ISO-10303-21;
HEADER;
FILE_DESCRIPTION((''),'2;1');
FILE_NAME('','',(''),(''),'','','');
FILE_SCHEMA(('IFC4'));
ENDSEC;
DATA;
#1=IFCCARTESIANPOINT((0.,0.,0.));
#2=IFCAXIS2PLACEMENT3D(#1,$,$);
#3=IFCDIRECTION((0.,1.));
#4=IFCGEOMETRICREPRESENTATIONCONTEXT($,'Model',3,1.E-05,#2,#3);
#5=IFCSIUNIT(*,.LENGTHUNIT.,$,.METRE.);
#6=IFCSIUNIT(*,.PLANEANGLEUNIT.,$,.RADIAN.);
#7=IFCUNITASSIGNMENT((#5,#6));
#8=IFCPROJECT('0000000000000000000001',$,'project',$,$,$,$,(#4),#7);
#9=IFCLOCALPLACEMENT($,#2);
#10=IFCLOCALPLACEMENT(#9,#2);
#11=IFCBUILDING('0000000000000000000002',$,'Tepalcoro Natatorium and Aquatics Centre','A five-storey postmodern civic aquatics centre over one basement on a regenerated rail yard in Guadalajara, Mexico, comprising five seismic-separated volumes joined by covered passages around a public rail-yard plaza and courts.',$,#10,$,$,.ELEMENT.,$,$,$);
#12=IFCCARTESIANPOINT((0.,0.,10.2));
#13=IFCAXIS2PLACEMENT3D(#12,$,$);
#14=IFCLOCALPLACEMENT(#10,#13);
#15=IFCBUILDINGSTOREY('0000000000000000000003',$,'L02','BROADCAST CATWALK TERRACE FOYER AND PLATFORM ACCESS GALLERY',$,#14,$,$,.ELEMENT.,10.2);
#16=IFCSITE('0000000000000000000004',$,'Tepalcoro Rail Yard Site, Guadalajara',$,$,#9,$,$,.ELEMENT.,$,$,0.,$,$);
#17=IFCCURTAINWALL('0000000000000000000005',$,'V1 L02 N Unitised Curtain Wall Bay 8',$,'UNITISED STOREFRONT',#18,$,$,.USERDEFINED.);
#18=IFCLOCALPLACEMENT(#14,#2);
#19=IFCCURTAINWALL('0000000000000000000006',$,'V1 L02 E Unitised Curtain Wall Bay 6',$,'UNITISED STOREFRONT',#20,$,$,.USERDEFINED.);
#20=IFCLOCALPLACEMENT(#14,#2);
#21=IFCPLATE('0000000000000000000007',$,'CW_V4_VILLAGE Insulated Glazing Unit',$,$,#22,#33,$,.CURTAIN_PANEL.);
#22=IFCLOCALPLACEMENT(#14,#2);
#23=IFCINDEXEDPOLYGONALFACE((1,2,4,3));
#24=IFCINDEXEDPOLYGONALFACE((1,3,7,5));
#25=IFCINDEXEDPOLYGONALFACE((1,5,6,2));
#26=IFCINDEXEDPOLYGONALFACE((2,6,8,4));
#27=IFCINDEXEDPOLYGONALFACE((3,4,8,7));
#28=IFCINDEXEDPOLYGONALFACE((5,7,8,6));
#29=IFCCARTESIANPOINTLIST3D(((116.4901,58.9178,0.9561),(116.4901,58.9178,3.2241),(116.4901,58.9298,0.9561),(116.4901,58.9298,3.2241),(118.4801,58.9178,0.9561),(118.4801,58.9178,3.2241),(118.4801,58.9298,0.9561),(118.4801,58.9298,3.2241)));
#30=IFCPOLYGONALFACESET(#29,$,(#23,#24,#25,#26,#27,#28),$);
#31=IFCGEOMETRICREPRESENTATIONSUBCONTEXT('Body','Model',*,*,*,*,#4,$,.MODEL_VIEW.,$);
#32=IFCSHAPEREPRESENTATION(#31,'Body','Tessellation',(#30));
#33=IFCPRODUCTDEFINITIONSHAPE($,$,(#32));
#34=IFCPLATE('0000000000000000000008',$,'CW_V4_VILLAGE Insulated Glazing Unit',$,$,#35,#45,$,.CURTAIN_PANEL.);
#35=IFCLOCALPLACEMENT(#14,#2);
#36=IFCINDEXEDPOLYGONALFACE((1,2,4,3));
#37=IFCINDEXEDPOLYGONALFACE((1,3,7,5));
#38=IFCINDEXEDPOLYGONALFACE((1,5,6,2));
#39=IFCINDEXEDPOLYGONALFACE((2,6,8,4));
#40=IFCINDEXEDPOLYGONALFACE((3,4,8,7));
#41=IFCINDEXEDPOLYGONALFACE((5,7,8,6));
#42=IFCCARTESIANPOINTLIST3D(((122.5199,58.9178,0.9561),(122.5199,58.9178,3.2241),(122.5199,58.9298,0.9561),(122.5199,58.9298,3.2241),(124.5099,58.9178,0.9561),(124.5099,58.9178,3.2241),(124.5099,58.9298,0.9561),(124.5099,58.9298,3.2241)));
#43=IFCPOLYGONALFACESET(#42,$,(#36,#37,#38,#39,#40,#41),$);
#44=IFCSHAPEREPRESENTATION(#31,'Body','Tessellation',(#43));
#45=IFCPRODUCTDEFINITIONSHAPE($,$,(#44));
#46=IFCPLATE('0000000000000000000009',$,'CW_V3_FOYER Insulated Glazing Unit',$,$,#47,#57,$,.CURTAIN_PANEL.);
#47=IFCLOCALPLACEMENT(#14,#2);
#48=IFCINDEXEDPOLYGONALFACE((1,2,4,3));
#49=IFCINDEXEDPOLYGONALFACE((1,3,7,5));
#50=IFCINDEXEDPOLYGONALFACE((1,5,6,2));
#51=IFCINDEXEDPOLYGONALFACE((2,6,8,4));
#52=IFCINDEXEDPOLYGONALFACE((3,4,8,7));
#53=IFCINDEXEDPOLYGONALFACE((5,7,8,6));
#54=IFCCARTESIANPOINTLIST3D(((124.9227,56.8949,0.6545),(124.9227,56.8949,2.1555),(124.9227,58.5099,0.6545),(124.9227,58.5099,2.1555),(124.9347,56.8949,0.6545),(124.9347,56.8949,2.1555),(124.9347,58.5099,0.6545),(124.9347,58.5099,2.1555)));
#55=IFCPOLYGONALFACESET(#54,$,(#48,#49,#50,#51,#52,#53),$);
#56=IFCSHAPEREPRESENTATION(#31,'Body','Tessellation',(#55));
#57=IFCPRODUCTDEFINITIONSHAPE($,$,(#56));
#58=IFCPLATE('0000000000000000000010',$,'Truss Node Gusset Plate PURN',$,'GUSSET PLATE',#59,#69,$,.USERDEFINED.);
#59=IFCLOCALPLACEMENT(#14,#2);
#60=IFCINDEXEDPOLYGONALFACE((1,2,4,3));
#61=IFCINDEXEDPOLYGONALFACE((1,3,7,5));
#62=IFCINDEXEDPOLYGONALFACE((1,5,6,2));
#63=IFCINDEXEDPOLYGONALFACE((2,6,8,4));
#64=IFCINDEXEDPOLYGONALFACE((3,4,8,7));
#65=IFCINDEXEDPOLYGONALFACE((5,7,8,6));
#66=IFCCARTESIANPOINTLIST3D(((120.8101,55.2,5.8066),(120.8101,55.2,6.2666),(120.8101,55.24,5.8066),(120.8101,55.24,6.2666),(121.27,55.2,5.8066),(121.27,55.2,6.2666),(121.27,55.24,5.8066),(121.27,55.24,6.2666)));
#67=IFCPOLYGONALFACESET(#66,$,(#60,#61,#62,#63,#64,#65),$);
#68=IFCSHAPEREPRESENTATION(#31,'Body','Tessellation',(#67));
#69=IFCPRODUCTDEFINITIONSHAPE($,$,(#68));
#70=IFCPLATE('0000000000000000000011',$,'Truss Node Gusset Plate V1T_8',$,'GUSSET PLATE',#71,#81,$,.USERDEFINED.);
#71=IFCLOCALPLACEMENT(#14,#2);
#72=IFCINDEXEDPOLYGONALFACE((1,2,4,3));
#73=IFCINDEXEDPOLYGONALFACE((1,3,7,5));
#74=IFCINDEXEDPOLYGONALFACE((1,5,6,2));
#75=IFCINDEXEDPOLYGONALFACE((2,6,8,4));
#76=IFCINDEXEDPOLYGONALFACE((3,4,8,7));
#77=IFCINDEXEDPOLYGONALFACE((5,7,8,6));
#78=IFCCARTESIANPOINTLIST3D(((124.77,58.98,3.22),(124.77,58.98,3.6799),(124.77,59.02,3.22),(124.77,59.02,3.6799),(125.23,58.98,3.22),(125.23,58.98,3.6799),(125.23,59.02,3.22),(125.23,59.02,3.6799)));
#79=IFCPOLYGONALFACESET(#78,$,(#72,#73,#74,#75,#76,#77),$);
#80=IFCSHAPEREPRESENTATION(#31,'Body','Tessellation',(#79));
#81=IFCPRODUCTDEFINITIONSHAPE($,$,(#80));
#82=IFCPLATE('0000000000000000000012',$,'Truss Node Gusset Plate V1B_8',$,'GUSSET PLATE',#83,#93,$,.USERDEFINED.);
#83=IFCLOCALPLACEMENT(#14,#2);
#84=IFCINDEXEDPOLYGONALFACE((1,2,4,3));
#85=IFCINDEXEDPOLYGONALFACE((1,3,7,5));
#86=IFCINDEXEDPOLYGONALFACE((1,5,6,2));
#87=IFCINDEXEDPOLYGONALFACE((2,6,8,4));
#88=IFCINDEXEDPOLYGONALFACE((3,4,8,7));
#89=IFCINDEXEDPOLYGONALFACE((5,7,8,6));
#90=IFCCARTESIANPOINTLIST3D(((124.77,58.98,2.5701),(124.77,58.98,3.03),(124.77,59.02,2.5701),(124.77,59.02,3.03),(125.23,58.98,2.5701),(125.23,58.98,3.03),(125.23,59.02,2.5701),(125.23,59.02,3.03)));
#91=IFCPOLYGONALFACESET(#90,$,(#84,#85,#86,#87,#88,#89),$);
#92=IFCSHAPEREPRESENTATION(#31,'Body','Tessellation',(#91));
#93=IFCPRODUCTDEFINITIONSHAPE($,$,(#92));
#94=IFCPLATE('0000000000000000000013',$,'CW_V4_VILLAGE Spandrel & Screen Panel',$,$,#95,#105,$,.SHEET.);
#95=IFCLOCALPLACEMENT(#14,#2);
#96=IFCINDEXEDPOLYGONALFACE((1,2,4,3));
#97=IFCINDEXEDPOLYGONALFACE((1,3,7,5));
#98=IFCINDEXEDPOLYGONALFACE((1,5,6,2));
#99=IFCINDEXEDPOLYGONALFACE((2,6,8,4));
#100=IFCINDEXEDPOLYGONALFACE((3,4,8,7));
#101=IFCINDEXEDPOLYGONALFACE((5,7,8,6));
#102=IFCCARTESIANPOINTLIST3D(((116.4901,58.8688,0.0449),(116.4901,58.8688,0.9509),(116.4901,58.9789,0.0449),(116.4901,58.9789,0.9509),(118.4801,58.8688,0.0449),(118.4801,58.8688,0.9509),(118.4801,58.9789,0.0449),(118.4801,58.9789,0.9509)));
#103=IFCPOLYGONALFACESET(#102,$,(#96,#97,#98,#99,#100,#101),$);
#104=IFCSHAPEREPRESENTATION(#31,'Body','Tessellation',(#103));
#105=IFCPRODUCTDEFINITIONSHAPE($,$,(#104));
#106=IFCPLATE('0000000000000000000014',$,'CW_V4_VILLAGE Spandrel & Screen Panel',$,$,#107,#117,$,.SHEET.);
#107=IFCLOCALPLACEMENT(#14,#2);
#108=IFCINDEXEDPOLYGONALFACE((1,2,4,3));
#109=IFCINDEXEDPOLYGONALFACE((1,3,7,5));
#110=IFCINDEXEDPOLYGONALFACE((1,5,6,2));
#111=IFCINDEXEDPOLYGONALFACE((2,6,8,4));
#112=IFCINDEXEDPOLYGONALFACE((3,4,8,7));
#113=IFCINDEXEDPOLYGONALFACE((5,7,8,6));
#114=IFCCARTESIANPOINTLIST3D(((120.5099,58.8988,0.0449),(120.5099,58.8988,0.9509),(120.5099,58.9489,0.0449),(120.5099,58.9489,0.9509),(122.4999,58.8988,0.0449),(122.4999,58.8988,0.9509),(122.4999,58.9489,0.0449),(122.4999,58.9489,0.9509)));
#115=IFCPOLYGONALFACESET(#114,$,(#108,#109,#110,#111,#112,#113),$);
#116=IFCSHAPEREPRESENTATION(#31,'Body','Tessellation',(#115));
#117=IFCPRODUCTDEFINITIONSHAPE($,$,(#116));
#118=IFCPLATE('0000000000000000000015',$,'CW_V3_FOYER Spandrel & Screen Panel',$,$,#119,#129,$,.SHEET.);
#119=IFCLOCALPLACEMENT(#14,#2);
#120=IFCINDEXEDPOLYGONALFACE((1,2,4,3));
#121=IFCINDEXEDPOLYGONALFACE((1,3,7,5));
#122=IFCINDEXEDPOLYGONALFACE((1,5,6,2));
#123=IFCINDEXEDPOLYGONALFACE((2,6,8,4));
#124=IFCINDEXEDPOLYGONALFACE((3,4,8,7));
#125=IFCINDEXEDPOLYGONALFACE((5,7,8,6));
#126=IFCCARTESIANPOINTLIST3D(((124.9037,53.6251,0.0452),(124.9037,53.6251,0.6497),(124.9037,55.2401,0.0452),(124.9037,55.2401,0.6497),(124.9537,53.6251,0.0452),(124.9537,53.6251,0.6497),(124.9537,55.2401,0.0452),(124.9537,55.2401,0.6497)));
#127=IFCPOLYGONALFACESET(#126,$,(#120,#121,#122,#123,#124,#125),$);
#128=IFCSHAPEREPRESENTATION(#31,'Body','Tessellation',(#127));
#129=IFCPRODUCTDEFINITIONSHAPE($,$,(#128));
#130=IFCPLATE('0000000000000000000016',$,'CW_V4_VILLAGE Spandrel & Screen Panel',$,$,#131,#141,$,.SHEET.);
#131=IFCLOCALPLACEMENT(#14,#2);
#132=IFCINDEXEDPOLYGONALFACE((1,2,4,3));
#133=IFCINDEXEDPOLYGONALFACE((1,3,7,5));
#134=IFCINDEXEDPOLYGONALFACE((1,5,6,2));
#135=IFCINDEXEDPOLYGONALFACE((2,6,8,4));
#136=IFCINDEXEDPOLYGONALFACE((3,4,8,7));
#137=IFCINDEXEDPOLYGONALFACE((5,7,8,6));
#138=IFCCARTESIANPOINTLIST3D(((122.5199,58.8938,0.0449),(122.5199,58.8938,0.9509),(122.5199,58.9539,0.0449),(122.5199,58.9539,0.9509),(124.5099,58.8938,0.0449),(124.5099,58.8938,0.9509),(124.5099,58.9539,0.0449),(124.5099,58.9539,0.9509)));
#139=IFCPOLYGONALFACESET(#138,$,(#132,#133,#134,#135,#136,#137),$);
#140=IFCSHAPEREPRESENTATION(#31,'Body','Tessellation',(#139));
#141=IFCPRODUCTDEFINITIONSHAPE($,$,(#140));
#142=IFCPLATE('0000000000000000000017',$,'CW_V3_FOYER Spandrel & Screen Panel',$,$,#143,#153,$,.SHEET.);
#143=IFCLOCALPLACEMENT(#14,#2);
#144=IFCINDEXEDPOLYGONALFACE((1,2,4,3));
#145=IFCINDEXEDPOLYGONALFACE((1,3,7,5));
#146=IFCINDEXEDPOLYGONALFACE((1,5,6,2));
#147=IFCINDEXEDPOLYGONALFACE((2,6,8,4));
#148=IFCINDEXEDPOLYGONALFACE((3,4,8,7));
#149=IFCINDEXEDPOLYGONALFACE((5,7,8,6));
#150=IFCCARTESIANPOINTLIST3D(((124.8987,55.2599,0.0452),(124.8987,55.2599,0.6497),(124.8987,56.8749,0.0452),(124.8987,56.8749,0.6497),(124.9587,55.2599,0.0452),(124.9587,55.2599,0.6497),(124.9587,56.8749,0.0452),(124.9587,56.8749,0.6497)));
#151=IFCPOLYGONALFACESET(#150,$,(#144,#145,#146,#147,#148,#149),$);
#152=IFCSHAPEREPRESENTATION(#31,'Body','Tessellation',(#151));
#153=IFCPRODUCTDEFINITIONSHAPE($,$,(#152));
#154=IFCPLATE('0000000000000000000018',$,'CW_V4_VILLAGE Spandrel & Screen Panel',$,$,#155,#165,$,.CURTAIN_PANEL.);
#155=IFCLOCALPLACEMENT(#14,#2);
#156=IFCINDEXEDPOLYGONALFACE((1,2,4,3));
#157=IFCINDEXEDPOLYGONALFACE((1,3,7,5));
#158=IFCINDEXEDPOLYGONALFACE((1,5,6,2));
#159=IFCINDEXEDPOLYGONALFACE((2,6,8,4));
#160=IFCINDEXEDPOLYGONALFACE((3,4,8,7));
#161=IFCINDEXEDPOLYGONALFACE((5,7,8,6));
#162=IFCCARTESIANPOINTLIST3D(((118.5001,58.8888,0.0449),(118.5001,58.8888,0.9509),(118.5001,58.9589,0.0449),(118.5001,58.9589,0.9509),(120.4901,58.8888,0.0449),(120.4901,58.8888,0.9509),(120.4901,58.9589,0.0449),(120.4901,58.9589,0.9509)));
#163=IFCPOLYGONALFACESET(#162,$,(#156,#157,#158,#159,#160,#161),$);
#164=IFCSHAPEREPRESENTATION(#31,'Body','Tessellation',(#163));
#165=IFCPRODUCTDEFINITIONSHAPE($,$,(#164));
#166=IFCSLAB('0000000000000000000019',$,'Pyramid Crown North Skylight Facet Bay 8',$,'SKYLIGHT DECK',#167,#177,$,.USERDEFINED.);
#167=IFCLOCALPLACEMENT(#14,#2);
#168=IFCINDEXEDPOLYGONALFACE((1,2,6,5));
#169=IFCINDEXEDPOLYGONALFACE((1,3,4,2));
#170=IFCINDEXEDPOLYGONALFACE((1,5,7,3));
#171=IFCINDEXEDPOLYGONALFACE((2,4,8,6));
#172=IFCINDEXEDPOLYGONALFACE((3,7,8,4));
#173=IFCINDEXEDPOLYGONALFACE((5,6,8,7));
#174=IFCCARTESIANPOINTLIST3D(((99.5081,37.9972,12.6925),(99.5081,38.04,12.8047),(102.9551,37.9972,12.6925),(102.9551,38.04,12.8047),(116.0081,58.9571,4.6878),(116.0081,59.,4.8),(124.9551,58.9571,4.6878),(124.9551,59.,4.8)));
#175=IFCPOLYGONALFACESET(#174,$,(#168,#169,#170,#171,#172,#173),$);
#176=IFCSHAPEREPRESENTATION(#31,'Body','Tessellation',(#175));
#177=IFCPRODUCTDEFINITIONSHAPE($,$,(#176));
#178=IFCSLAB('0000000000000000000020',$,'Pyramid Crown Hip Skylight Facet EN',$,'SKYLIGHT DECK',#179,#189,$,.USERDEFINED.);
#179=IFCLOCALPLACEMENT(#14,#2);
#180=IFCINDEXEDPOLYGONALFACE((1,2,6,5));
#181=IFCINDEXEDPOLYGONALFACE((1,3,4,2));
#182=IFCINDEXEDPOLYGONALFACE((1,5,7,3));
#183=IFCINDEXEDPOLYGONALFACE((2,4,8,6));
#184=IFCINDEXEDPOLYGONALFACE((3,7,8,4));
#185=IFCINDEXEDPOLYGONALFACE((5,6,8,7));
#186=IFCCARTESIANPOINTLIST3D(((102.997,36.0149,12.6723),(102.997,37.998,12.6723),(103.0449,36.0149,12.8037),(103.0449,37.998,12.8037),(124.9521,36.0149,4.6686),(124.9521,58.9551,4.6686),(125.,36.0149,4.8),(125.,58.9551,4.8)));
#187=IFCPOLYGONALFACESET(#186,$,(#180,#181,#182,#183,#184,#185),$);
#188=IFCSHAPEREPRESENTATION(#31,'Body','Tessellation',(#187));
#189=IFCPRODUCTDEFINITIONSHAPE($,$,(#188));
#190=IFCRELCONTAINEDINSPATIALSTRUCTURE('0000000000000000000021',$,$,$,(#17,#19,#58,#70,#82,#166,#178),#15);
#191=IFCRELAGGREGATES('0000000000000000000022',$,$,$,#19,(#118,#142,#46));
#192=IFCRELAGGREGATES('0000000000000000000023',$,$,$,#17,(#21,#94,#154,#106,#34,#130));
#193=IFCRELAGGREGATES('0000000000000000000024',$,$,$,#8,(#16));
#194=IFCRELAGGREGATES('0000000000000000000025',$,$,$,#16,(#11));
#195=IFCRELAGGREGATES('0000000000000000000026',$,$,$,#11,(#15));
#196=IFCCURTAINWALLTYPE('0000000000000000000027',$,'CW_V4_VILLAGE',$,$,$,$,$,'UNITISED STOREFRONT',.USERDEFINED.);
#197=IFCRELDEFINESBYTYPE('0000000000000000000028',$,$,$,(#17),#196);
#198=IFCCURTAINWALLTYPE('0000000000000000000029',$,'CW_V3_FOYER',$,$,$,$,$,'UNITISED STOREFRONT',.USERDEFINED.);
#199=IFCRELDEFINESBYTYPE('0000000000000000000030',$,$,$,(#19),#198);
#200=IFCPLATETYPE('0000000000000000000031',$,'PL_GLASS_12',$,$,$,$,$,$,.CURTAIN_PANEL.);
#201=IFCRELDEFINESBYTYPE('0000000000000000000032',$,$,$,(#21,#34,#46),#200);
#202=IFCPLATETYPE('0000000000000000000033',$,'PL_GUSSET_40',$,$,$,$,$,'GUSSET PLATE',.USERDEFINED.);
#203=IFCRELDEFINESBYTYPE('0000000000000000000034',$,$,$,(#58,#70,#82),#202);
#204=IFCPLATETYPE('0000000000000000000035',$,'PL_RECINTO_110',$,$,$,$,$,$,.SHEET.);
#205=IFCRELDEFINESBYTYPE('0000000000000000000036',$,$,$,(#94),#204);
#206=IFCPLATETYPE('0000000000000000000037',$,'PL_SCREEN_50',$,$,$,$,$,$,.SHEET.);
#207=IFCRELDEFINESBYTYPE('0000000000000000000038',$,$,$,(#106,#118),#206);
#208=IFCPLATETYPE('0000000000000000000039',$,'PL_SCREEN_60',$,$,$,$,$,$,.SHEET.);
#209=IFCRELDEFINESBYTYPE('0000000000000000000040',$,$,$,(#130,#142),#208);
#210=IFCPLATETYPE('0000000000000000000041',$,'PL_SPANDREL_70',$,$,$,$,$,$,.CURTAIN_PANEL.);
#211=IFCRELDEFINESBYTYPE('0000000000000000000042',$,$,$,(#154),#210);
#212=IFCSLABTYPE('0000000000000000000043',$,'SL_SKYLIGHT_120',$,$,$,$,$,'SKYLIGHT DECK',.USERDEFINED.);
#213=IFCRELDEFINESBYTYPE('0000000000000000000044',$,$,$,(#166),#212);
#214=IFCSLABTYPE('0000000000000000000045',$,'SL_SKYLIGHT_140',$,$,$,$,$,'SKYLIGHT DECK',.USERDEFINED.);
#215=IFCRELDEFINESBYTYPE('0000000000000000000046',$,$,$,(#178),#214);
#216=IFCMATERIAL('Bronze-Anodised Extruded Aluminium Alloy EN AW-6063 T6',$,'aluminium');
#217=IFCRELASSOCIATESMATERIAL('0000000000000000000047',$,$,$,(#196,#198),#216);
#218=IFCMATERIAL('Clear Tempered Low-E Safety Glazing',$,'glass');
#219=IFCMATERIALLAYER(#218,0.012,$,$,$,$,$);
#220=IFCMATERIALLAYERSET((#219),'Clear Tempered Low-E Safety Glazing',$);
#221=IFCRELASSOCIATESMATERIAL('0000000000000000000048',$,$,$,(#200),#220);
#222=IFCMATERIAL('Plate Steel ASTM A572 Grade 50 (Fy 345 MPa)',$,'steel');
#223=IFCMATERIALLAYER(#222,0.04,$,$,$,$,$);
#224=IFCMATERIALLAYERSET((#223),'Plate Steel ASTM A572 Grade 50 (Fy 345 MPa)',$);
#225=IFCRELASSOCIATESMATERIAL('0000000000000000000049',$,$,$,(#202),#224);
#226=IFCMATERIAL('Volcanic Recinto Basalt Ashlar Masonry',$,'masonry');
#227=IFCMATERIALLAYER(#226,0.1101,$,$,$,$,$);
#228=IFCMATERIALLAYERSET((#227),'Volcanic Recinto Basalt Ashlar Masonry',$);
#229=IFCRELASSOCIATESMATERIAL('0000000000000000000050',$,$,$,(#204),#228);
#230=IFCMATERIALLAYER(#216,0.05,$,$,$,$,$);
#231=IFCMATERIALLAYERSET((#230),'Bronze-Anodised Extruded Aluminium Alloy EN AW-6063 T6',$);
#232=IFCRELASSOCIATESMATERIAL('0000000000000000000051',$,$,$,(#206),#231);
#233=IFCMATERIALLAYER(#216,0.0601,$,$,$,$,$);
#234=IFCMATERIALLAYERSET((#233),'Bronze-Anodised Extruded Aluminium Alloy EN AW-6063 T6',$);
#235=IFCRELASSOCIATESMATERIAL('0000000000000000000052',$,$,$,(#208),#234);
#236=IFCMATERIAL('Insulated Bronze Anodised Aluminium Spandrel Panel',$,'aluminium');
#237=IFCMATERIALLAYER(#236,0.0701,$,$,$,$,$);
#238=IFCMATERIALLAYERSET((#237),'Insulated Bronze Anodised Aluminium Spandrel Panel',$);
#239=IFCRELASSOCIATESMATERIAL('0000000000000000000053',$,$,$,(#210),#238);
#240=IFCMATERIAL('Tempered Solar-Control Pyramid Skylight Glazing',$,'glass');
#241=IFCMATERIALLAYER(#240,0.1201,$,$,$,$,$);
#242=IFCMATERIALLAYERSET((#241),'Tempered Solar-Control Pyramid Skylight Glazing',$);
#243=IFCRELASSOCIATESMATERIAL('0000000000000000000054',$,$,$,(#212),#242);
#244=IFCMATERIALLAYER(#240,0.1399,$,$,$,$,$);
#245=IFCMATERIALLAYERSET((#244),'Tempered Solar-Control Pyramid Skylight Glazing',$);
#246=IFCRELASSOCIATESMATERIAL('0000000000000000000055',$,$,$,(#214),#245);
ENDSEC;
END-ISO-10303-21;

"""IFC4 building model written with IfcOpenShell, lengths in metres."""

from ifc_helpers import new_model, si_unit, direction, frame, origin, origin_2d, place, context, subcontext, project, spatial, polyline, rectangle, outline, extrude, material, layer, layer_set, type_object, element, aggregate, save


model = new_model("IFC4")

# Units and contexts
model_context = context("Model", 3, precision=1e-05, world=origin(), true_north=direction((0.0, 1.0)))
body_context = subcontext(model_context, "Body", "Model", "MODEL_VIEW")
ifc_project = project(units=[si_unit("LENGTHUNIT", "METRE"), si_unit("PLANEANGLEUNIT", "RADIAN")], contexts=[model_context])

# Site, building, storey
site_placement = place(None, origin())
site = spatial("IfcSite", under=ifc_project, at=site_placement, Name="Tepalcoro Rail Yard Site, Guadalajara", CompositionType="ELEMENT", RefElevation=0.0)
building_placement = place(site_placement, origin())
building = spatial("IfcBuilding", under=site, at=building_placement, Name="Tepalcoro Natatorium and Aquatics Centre", Description="A five-storey postmodern civic aquatics centre over one basement on a regenerated rail yard in Guadalajara, Mexico, comprising five seismic-separated volumes joined by covered passages around a public rail-yard plaza and courts.", CompositionType="ELEMENT")
storey_placement = place(building_placement, frame((0.0, 0.0, 10.2)))
storey = spatial("IfcBuildingStorey", under=building, at=storey_placement, Name="L02", Description="BROADCAST CATWALK TERRACE FOYER AND PLATFORM ACCESS GALLERY", CompositionType="ELEMENT", Elevation=10.2)

# Curtain walls
ifc_material_1 = material(Name="Bronze-Anodised Extruded Aluminium Alloy EN AW-6063 T6", Category="aluminium")
curtain_wall_type_1 = type_object("IfcCurtainWallType", Name="CW_V4_VILLAGE", ElementType="UNITISED STOREFRONT", PredefinedType="USERDEFINED", material=ifc_material_1)
curtain_wall_1_placement = place(storey_placement, origin())
curtain_wall_1 = element("IfcCurtainWall", 1, at=curtain_wall_1_placement, inside=storey, type_object=curtain_wall_type_1, Name="V1 L02 N Unitised Curtain Wall Bay 8", ObjectType="UNITISED STOREFRONT", PredefinedType="USERDEFINED")
curtain_wall_type_2 = type_object("IfcCurtainWallType", Name="CW_V3_FOYER", ElementType="UNITISED STOREFRONT", PredefinedType="USERDEFINED", material=ifc_material_1)
curtain_wall_2_placement = place(storey_placement, origin())
curtain_wall_2 = element("IfcCurtainWall", 2, at=curtain_wall_2_placement, inside=storey, type_object=curtain_wall_type_2, Name="V1 L02 E Unitised Curtain Wall Bay 6", ObjectType="UNITISED STOREFRONT", PredefinedType="USERDEFINED")

# Shared definitions
ifc_material_2 = material(Name="Plate Steel ASTM A572 Grade 50 (Fy 345 MPa)", Category="steel")

# Plates
ifc_material_3 = material(Name="Clear Tempered Low-E Safety Glazing", Category="glass")
ifc_layer_1 = layer(ifc_material_3, 0.012)
ifc_layer_set_1 = layer_set([ifc_layer_1], Name="Clear Tempered Low-E Safety Glazing")
plate_type_1 = type_object("IfcPlateType", Name="PL_GLASS_12", PredefinedType="CURTAIN_PANEL", material=ifc_layer_set_1)
plate_1_placement = place(storey_placement, frame((117.4851, 58.9238, 0.9561), z_axis=(0.0, 0.0, 1.0), x_axis=(1.0, 0.0, 0.0)))
plate_1 = element("IfcPlate", 3, at=plate_1_placement, type_object=plate_type_1, Name="CW_V4_VILLAGE Insulated Glazing Unit", PredefinedType="CURTAIN_PANEL", context=body_context, shape_type="SweptSolid", body=[
    extrude(rectangle(XDim=1.99, YDim=0.012, at=origin_2d()), origin(), (0.0, 0.0, 1.0), 2.2681),
])
plate_2_placement = place(storey_placement, frame((123.5149, 58.9238, 0.9561), z_axis=(0.0, 0.0, 1.0), x_axis=(1.0, 0.0, 0.0)))
plate_2 = element("IfcPlate", 4, at=plate_2_placement, type_object=plate_type_1, Name="CW_V4_VILLAGE Insulated Glazing Unit", PredefinedType="CURTAIN_PANEL", context=body_context, shape_type="SweptSolid", body=[
    extrude(rectangle(XDim=1.99, YDim=0.012, at=origin_2d()), origin(), (0.0, 0.0, 1.0), 2.2681),
])
plate_3_placement = place(storey_placement, frame((124.9287, 57.7024, 0.6545), z_axis=(0.0, 0.0, 1.0), x_axis=(1.0, 0.0, 0.0)))
plate_3 = element("IfcPlate", 5, at=plate_3_placement, type_object=plate_type_1, Name="CW_V3_FOYER Insulated Glazing Unit", PredefinedType="CURTAIN_PANEL", context=body_context, shape_type="SweptSolid", body=[
    extrude(rectangle(XDim=0.012, YDim=1.615, at=origin_2d()), origin(), (0.0, 0.0, 1.0), 1.501),
])

# Plates
ifc_layer_2 = layer(ifc_material_2, 0.04)
ifc_layer_set_2 = layer_set([ifc_layer_2], Name="Plate Steel ASTM A572 Grade 50 (Fy 345 MPa)")
plate_type_2 = type_object("IfcPlateType", Name="PL_GUSSET_40", ElementType="GUSSET PLATE", PredefinedType="USERDEFINED", material=ifc_layer_set_2)
for number, where, z_axis, x_axis, name in (
    (6, (121.04, 55.22, 5.8066), (0.0, 0.0, 1.0), (1.0, 0.0, 0.0), "Truss Node Gusset Plate PURN"),
    (7, (125.0, 59.0, 3.22), (0.0, 0.0, 1.0), (1.0, 0.0, 0.0), "Truss Node Gusset Plate V1T_8"),
    (8, (125.0, 59.0, 2.5701), (0.0, 0.0, 1.0), (1.0, 0.0, 0.0), "Truss Node Gusset Plate V1B_8"),
):
    element("IfcPlate", number, at=place(storey_placement, frame(where, z_axis=z_axis, x_axis=x_axis)), inside=storey, type_object=plate_type_2, Name=name, ObjectType="GUSSET PLATE", PredefinedType="USERDEFINED", context=body_context, shape_type="SweptSolid", body=[
        extrude(rectangle(XDim=0.46, YDim=0.04, at=origin_2d()), origin(), (0.0, 0.0, 1.0), 0.46),
    ])

# Plates
ifc_material_4 = material(Name="Volcanic Recinto Basalt Ashlar Masonry", Category="masonry")
ifc_layer_3 = layer(ifc_material_4, 0.1101)
ifc_layer_set_3 = layer_set([ifc_layer_3], Name="Volcanic Recinto Basalt Ashlar Masonry")
plate_type_3 = type_object("IfcPlateType", Name="PL_RECINTO_110", PredefinedType="SHEET", material=ifc_layer_set_3)
plate_4_placement = place(storey_placement, frame((117.4851, 58.9238, 0.0449), z_axis=(0.0, 0.0, 1.0), x_axis=(1.0, 0.0, 0.0)))
plate_4 = element("IfcPlate", 9, at=plate_4_placement, type_object=plate_type_3, Name="CW_V4_VILLAGE Spandrel & Screen Panel", PredefinedType="SHEET", context=body_context, shape_type="SweptSolid", body=[
    extrude(rectangle(XDim=1.99, YDim=0.1101, at=origin_2d()), origin(), (0.0, 0.0, 1.0), 0.906),
])
ifc_layer_4 = layer(ifc_material_1, 0.05)
ifc_layer_set_4 = layer_set([ifc_layer_4], Name="Bronze-Anodised Extruded Aluminium Alloy EN AW-6063 T6")
plate_type_4 = type_object("IfcPlateType", Name="PL_SCREEN_50", PredefinedType="SHEET", material=ifc_layer_set_4)
plate_5_placement = place(storey_placement, frame((121.5049, 58.9238, 0.0449), z_axis=(0.0, 0.0, 1.0), x_axis=(1.0, 0.0, 0.0)))
plate_5 = element("IfcPlate", 10, at=plate_5_placement, type_object=plate_type_4, Name="CW_V4_VILLAGE Spandrel & Screen Panel", PredefinedType="SHEET", context=body_context, shape_type="SweptSolid", body=[
    extrude(rectangle(XDim=1.99, YDim=0.05, at=origin_2d()), origin(), (0.0, 0.0, 1.0), 0.906),
])
plate_6_placement = place(storey_placement, frame((124.9287, 54.4326, 0.0452), z_axis=(0.0, 0.0, 1.0), x_axis=(1.0, 0.0, 0.0)))
plate_6 = element("IfcPlate", 11, at=plate_6_placement, type_object=plate_type_4, Name="CW_V3_FOYER Spandrel & Screen Panel", PredefinedType="SHEET", context=body_context, shape_type="SweptSolid", body=[
    extrude(rectangle(XDim=0.05, YDim=1.615, at=origin_2d()), origin(), (0.0, 0.0, 1.0), 0.6045),
])
ifc_layer_5 = layer(ifc_material_1, 0.0601)
ifc_layer_set_5 = layer_set([ifc_layer_5], Name="Bronze-Anodised Extruded Aluminium Alloy EN AW-6063 T6")
plate_type_5 = type_object("IfcPlateType", Name="PL_SCREEN_60", PredefinedType="SHEET", material=ifc_layer_set_5)
plate_7_placement = place(storey_placement, frame((123.5149, 58.9238, 0.0449), z_axis=(0.0, 0.0, 1.0), x_axis=(1.0, 0.0, 0.0)))
plate_7 = element("IfcPlate", 12, at=plate_7_placement, type_object=plate_type_5, Name="CW_V4_VILLAGE Spandrel & Screen Panel", PredefinedType="SHEET", context=body_context, shape_type="SweptSolid", body=[
    extrude(rectangle(XDim=1.99, YDim=0.0601, at=origin_2d()), origin(), (0.0, 0.0, 1.0), 0.906),
])
plate_8_placement = place(storey_placement, frame((124.9287, 56.0674, 0.0452), z_axis=(0.0, 0.0, 1.0), x_axis=(1.0, 0.0, 0.0)))
plate_8 = element("IfcPlate", 13, at=plate_8_placement, type_object=plate_type_5, Name="CW_V3_FOYER Spandrel & Screen Panel", PredefinedType="SHEET", context=body_context, shape_type="SweptSolid", body=[
    extrude(rectangle(XDim=0.0601, YDim=1.615, at=origin_2d()), origin(), (0.0, 0.0, 1.0), 0.6045),
])
aggregate(curtain_wall_2, [plate_6, plate_8, plate_3])
ifc_material_5 = material(Name="Insulated Bronze Anodised Aluminium Spandrel Panel", Category="aluminium")
ifc_layer_6 = layer(ifc_material_5, 0.0701)
ifc_layer_set_6 = layer_set([ifc_layer_6], Name="Insulated Bronze Anodised Aluminium Spandrel Panel")
plate_type_6 = type_object("IfcPlateType", Name="PL_SPANDREL_70", PredefinedType="CURTAIN_PANEL", material=ifc_layer_set_6)
plate_9_placement = place(storey_placement, frame((119.4951, 58.9238, 0.0449), z_axis=(0.0, 0.0, 1.0), x_axis=(1.0, 0.0, 0.0)))
plate_9 = element("IfcPlate", 14, at=plate_9_placement, type_object=plate_type_6, Name="CW_V4_VILLAGE Spandrel & Screen Panel", PredefinedType="CURTAIN_PANEL", context=body_context, shape_type="SweptSolid", body=[
    extrude(rectangle(XDim=1.99, YDim=0.0701, at=origin_2d()), origin(), (0.0, 0.0, 1.0), 0.906),
])
aggregate(curtain_wall_1, [plate_1, plate_4, plate_9, plate_5, plate_2, plate_7])

# Slabs
ifc_material_6 = material(Name="Tempered Solar-Control Pyramid Skylight Glazing", Category="glass")
ifc_layer_7 = layer(ifc_material_6, 0.1201)
ifc_layer_set_7 = layer_set([ifc_layer_7], Name="Tempered Solar-Control Pyramid Skylight Glazing")
slab_type_1 = type_object("IfcSlabType", Name="SL_SKYLIGHT_120", ElementType="SKYLIGHT DECK", PredefinedType="USERDEFINED", material=ifc_layer_set_7)
slab_1_placement = place(storey_placement, frame((124.9551, 59.0, 4.8), z_axis=(0.0, 0.356769, 0.934192), x_axis=(-1.0, 0.0, 0.0)))
element("IfcSlab", 15, at=slab_1_placement, inside=storey, type_object=slab_type_1, Name="Pyramid Crown North Skylight Facet Bay 8", ObjectType="SKYLIGHT DECK", PredefinedType="USERDEFINED", context=body_context, shape_type="SweptSolid", body=[
    extrude(outline(polyline([(0.0, 0.0), (8.947, 0.0), (25.447, 22.4364), (22.0, 22.4364), (0.0, 0.0)])), origin(), (0.0, 0.0, -1.0), 0.1201),
])
ifc_layer_8 = layer(ifc_material_6, 0.1399)
ifc_layer_set_8 = layer_set([ifc_layer_8], Name="Tempered Solar-Control Pyramid Skylight Glazing")
slab_type_2 = type_object("IfcSlabType", Name="SL_SKYLIGHT_140", ElementType="SKYLIGHT DECK", PredefinedType="USERDEFINED", material=ifc_layer_set_8)
slab_2_placement = place(storey_placement, frame((125.0, 58.9551, 4.8), z_axis=(0.342499, 0.0, 0.939518), x_axis=(-0.699447, -0.667651, 0.254981)))
element("IfcSlab", 16, at=slab_2_placement, inside=storey, type_object=slab_type_2, Name="Pyramid Crown Hip Skylight Facet EN", ObjectType="SKYLIGHT DECK", PredefinedType="USERDEFINED", context=body_context, shape_type="SweptSolid", body=[
    extrude(outline(polyline([(0.0, 0.0), (31.3892, 0.0), (32.7132, 1.4764), (15.316, 17.0784), (0.0, 0.0)])), origin(), (0.0, 0.0, -1.0), 0.1399),
])

save(model, "model.ifc")
